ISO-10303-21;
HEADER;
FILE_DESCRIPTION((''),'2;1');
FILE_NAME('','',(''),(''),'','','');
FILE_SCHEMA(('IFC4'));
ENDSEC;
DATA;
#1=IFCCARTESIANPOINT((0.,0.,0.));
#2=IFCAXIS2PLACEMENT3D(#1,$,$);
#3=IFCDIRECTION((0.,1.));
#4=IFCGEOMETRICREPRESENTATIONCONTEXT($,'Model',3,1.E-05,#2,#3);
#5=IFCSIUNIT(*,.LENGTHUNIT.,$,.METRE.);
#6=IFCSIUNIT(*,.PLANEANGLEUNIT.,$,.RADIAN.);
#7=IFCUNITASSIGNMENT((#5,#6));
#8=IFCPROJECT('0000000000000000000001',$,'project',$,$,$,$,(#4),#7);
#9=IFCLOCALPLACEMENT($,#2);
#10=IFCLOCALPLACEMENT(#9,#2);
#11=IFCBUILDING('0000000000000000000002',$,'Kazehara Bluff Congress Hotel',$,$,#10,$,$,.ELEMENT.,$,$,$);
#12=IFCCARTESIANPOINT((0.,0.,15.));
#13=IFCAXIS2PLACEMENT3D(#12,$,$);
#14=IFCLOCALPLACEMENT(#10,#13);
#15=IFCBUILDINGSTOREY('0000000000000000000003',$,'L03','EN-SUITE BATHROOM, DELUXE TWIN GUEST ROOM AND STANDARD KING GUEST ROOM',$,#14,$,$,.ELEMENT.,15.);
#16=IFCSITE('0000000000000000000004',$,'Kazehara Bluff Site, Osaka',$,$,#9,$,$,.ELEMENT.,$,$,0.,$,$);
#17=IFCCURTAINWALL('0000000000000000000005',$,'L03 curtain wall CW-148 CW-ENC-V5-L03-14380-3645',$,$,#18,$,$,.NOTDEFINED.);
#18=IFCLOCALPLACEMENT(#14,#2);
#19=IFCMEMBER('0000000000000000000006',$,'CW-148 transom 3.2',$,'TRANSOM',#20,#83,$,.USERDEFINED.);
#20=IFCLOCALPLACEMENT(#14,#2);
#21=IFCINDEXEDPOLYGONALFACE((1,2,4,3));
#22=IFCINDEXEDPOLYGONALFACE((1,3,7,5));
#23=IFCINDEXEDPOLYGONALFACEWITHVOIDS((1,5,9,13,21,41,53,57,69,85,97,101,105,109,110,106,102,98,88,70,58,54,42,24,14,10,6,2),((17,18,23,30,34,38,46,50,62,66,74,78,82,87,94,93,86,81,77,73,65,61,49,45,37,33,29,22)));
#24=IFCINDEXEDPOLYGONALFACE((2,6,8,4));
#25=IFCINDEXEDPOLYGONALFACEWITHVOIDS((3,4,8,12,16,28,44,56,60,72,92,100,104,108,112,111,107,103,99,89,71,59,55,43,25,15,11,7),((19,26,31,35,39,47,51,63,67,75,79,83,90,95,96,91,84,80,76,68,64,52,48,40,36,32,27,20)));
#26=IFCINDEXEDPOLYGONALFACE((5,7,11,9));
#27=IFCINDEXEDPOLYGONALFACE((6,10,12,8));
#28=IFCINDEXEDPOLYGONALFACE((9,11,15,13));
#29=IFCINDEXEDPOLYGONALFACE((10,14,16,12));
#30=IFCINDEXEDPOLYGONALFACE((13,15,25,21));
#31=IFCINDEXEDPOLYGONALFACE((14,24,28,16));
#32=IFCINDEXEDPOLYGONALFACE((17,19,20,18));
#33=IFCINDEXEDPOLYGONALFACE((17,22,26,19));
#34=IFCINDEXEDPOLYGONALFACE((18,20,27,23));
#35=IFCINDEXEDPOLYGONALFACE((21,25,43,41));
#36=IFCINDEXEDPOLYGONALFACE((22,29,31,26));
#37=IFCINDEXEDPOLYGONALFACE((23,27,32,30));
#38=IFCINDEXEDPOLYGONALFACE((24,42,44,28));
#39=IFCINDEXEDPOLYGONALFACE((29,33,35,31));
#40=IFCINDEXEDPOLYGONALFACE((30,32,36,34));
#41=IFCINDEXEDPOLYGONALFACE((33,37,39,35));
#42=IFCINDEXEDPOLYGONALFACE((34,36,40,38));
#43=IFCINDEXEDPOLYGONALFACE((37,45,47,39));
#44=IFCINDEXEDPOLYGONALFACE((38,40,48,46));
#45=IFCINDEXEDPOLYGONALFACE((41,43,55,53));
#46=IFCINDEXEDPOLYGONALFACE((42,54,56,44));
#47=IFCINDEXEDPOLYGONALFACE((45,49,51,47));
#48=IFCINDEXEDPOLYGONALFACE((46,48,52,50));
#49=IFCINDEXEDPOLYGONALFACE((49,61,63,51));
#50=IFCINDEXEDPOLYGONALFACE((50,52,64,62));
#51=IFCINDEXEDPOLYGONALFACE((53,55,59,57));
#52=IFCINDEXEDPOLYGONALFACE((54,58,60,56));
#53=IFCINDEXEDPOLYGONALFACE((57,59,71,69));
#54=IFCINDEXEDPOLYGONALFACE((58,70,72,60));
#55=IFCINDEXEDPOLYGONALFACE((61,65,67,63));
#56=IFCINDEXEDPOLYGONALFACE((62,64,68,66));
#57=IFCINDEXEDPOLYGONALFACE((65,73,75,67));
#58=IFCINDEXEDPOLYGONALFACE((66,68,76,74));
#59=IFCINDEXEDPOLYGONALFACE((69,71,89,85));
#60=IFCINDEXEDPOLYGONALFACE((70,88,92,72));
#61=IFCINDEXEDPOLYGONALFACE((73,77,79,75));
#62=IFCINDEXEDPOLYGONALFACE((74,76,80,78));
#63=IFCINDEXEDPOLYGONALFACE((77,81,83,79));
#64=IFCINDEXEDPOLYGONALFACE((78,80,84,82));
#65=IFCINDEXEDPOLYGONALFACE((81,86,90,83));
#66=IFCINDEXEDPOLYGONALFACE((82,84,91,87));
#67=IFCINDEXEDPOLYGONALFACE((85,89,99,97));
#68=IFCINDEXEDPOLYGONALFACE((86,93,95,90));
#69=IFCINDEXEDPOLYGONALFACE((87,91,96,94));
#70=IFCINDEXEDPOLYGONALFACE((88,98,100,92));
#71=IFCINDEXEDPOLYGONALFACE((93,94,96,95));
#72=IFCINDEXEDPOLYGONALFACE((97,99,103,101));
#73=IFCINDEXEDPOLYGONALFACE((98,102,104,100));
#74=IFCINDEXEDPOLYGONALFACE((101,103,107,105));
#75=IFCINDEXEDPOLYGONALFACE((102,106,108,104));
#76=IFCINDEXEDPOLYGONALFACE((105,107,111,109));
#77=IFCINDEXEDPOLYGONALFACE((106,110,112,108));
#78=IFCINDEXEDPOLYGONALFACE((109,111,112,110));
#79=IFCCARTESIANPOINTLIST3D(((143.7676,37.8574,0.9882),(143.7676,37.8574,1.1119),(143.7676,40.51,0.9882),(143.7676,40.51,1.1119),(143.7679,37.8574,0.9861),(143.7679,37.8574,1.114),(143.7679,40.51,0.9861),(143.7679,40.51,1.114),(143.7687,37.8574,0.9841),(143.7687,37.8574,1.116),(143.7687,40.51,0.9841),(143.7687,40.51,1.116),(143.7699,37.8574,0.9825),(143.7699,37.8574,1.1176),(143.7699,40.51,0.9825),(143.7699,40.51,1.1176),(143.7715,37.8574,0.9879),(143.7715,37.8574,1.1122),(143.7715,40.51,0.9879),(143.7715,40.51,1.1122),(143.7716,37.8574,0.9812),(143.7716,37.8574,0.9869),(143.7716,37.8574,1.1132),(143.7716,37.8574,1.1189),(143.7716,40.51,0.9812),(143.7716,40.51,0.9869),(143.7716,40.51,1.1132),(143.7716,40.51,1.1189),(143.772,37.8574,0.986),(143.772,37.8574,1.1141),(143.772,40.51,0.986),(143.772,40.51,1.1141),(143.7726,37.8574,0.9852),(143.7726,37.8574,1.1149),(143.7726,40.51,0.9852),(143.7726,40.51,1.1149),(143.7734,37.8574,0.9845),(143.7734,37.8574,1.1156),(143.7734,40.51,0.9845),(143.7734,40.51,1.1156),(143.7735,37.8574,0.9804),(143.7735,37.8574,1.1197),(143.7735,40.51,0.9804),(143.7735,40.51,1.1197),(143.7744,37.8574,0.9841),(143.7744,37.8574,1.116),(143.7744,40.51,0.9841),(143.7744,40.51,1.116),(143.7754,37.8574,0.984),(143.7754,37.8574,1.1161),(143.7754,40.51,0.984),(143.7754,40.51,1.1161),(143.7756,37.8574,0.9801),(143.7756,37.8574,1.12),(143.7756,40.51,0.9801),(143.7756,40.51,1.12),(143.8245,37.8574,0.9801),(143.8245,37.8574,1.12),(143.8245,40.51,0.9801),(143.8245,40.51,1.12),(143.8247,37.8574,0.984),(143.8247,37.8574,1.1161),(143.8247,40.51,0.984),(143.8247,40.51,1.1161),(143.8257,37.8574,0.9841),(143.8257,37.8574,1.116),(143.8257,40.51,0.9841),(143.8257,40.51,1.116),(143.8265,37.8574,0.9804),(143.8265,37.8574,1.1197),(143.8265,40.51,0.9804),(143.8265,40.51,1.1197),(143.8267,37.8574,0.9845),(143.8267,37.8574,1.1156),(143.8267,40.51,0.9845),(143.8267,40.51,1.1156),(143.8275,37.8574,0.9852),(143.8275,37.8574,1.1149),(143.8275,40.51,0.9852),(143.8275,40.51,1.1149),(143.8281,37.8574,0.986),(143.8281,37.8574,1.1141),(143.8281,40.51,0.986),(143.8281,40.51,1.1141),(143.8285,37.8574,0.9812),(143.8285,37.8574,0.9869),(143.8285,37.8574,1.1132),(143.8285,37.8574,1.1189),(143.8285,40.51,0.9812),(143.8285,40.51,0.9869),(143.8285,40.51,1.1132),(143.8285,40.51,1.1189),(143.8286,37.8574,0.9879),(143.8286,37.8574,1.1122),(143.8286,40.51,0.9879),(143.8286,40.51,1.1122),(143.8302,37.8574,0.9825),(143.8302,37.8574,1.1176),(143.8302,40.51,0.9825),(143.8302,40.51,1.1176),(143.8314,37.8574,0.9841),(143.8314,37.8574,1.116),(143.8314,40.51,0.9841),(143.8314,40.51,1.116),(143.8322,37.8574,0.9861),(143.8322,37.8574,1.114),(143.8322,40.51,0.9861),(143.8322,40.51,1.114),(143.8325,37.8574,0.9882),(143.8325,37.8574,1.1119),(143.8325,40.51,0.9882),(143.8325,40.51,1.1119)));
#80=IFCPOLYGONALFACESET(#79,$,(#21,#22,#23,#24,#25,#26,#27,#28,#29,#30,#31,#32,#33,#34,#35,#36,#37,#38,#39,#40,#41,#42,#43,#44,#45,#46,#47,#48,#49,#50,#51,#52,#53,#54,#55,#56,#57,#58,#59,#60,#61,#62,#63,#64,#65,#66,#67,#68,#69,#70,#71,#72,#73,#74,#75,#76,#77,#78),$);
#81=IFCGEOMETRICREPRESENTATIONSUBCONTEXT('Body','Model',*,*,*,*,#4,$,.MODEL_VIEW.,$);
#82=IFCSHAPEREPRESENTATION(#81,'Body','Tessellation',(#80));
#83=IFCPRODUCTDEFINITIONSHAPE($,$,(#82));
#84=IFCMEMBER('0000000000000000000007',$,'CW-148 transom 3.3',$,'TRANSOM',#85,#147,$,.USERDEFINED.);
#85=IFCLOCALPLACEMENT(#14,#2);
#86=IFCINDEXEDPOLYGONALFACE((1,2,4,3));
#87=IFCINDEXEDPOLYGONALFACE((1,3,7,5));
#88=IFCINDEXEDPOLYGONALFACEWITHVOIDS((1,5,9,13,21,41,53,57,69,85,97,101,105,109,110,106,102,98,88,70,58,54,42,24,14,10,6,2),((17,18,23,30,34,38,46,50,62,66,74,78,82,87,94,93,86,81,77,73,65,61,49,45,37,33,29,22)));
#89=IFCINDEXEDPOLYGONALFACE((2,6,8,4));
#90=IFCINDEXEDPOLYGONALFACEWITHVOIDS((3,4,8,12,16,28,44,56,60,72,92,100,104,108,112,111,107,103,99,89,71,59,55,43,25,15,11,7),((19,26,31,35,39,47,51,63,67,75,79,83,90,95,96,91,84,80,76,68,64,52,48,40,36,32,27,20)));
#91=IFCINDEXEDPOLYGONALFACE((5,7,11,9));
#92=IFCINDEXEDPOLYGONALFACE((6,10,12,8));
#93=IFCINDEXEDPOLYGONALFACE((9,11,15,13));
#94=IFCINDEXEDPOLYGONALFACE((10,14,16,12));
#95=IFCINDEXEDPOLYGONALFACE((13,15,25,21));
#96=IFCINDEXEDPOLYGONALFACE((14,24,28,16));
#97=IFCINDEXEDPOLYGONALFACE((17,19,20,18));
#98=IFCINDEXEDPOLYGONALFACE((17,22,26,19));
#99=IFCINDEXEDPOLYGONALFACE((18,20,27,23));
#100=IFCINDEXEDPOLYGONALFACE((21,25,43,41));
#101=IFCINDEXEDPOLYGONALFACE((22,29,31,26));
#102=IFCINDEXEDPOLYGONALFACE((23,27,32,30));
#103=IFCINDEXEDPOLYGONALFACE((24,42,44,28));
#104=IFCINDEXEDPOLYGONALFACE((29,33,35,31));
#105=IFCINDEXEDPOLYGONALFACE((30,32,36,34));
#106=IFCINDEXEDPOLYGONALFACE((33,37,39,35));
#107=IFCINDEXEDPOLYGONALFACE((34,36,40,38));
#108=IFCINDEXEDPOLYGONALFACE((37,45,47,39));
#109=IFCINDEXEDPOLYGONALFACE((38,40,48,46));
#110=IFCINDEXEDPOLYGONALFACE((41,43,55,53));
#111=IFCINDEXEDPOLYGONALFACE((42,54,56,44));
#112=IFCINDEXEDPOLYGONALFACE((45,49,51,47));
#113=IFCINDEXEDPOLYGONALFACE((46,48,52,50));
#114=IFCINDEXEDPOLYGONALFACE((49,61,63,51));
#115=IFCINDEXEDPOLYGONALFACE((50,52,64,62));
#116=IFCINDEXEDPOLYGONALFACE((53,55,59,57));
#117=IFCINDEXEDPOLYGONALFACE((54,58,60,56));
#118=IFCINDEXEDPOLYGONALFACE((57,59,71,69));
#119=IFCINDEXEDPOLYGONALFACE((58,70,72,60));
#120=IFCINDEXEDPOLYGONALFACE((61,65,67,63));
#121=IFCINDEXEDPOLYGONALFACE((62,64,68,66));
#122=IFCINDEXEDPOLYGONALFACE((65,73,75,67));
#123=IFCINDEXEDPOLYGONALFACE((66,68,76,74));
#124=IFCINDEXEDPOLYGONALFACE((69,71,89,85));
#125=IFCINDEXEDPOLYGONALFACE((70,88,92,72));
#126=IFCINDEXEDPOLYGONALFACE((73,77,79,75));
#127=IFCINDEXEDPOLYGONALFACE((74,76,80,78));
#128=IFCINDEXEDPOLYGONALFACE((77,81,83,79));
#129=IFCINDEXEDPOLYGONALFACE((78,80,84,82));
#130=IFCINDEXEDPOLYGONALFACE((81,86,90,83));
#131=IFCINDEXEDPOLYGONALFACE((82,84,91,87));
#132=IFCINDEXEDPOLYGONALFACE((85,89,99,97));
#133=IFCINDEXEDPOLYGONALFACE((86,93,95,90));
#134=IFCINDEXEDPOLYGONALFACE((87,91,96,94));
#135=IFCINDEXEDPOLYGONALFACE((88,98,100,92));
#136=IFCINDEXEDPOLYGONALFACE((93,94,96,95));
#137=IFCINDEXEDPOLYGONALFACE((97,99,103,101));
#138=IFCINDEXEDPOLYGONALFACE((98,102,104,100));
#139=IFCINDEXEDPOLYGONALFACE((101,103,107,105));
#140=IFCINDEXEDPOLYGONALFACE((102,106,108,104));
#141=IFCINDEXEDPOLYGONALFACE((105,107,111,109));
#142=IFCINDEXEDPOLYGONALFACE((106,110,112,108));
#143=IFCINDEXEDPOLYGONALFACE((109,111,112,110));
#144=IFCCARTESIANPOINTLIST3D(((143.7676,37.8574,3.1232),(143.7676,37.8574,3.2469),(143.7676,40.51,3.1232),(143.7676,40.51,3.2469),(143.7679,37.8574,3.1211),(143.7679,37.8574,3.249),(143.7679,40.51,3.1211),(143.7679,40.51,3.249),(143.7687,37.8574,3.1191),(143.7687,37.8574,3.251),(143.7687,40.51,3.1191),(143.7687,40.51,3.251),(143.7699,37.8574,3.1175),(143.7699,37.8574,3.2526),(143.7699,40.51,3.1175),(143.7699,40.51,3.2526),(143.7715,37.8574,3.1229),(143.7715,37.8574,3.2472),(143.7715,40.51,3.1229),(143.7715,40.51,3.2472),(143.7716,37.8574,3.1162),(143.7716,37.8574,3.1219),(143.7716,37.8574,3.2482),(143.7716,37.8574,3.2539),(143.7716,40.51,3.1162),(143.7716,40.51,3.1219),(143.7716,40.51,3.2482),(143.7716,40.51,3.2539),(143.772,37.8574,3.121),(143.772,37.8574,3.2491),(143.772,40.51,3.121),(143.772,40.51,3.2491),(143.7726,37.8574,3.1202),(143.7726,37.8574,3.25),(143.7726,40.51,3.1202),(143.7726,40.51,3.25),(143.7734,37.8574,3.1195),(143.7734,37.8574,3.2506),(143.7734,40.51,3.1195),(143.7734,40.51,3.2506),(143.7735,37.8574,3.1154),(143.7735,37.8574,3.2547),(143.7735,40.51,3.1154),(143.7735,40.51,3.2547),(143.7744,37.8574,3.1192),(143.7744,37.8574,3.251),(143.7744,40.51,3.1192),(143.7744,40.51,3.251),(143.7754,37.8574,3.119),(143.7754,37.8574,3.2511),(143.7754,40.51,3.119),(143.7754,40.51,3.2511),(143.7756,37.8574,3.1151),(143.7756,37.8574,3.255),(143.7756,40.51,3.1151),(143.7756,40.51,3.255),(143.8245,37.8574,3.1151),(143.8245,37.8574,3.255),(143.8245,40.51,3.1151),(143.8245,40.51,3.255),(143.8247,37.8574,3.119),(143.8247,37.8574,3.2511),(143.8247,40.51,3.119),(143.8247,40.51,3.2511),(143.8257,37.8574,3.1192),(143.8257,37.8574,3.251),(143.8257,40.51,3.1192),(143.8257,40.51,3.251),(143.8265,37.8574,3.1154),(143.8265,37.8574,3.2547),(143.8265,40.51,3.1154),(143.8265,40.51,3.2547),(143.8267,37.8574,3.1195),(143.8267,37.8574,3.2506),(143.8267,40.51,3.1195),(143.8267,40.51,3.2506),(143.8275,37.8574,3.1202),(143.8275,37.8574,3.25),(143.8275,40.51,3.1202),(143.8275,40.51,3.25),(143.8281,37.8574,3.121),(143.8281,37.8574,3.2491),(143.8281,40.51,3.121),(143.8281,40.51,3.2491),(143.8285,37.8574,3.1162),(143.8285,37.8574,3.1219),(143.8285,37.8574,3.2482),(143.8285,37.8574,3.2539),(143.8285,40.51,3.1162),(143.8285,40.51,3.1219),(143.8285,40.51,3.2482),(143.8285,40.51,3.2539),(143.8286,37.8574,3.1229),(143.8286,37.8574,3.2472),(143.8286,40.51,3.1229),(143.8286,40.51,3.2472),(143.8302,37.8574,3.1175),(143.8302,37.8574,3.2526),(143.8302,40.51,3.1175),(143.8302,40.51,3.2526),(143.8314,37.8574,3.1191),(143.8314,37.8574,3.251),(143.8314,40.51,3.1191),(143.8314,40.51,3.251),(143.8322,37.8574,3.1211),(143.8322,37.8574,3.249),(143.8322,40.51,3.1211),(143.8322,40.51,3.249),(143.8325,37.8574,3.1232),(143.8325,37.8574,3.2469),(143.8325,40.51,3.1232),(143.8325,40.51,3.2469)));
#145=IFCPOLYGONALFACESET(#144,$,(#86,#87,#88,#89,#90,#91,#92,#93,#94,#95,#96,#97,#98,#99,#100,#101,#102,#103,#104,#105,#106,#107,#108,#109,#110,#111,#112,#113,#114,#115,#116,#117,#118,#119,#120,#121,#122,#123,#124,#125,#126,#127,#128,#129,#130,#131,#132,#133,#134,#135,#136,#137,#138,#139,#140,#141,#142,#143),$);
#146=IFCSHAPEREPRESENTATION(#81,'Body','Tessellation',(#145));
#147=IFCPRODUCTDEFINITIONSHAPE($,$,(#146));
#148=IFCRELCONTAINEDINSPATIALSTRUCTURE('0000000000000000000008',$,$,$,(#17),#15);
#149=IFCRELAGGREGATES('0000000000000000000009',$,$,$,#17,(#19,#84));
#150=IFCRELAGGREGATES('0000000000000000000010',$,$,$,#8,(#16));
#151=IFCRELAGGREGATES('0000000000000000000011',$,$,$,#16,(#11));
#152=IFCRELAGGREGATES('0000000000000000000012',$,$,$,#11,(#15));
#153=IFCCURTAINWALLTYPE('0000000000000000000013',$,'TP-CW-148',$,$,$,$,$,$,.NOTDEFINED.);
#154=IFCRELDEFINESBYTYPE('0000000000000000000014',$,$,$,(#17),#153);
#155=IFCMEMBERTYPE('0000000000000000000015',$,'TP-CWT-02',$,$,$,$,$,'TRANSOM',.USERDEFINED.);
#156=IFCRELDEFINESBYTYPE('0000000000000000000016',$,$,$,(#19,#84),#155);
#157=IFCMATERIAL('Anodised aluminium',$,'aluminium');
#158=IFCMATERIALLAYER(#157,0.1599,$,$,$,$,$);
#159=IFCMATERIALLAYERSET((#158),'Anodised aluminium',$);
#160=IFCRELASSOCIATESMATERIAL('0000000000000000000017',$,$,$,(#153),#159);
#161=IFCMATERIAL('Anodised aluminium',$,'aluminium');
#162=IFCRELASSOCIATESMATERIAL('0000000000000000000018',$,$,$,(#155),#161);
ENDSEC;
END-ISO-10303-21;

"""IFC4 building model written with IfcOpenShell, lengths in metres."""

from ifc_helpers import new_model, si_unit, direction, frame, origin, origin_2d, place, context, subcontext, project, spatial, hollow_rectangle, extrude, material, layer, layer_set, material_profile, profile_set, type_object, element, aggregate, save


model = new_model("IFC4")

# Units and contexts
model_context = context("Model", 3, precision=1e-05, world=origin(), true_north=direction((0.0, 1.0)))
body_context = subcontext(model_context, "Body", "Model", "MODEL_VIEW")
ifc_project = project(units=[si_unit("LENGTHUNIT", "METRE"), si_unit("PLANEANGLEUNIT", "RADIAN")], contexts=[model_context])

# Site, building, storey
site_placement = place(None, origin())
site = spatial("IfcSite", under=ifc_project, at=site_placement, Name="Kazehara Bluff Site, Osaka", CompositionType="ELEMENT", RefElevation=0.0)
building_placement = place(site_placement, origin())
building = spatial("IfcBuilding", under=site, at=building_placement, Name="Kazehara Bluff Congress Hotel", CompositionType="ELEMENT")
storey_placement = place(building_placement, frame((0.0, 0.0, 15.0)))
storey = spatial("IfcBuildingStorey", under=building, at=storey_placement, Name="L03", Description="EN-SUITE BATHROOM, DELUXE TWIN GUEST ROOM AND STANDARD KING GUEST ROOM", CompositionType="ELEMENT", Elevation=15.0)

# Curtain wall
ifc_material_1 = material(Name="Anodised aluminium", Category="aluminium")
ifc_layer_1 = layer(ifc_material_1, 0.1599)
ifc_layer_set_1 = layer_set([ifc_layer_1], Name="Anodised aluminium")
curtain_wall_type_1 = type_object("IfcCurtainWallType", Name="TP-CW-148", PredefinedType="NOTDEFINED", material=ifc_layer_set_1)
curtain_wall_1_placement = place(storey_placement, origin())
curtain_wall_1 = element("IfcCurtainWall", 1, at=curtain_wall_1_placement, inside=storey, type_object=curtain_wall_type_1, Name="L03 curtain wall CW-148 CW-ENC-V5-L03-14380-3645", PredefinedType="NOTDEFINED")

# Members
ifc_material_2 = material(Name="Anodised aluminium", Category="aluminium")
ifc_material_profile_1 = material_profile(ifc_material_2, hollow_rectangle(XDim=0.0649, YDim=0.1399, WallThickness=0.0039, InnerFilletRadius=0.0039, OuterFilletRadius=0.0081, at=origin_2d()))
ifc_profile_set_1 = profile_set([ifc_material_profile_1], Name="Anodised aluminium")
member_type_1 = type_object("IfcMemberType", Name="TP-CWT-02", ElementType="TRANSOM", PredefinedType="USERDEFINED", material=ifc_profile_set_1)
member_1_placement = place(storey_placement, frame((143.8, 37.8574, 1.05), z_axis=(0.0, 1.0, 0.0), x_axis=(-1.0, 0.0, 0.0)))
member_1 = element("IfcMember", 2, at=member_1_placement, type_object=member_type_1, Name="CW-148 transom 3.2", ObjectType="TRANSOM", PredefinedType="USERDEFINED", context=body_context, shape_type="SweptSolid", body=[
    extrude(hollow_rectangle(XDim=0.0649, YDim=0.1399, WallThickness=0.0039, InnerFilletRadius=0.0039, OuterFilletRadius=0.0081, at=origin_2d()), origin(), (0.0, 0.0, 1.0), 2.6526),
])
member_2_placement = place(storey_placement, frame((143.8, 37.8574, 3.1851), z_axis=(0.0, 1.0, 0.0), x_axis=(-1.0, 0.0, 0.0)))
member_2 = element("IfcMember", 3, at=member_2_placement, type_object=member_type_1, Name="CW-148 transom 3.3", ObjectType="TRANSOM", PredefinedType="USERDEFINED", context=body_context, shape_type="SweptSolid", body=[
    extrude(hollow_rectangle(XDim=0.0649, YDim=0.1399, WallThickness=0.0039, InnerFilletRadius=0.0039, OuterFilletRadius=0.0081, at=origin_2d()), origin(), (0.0, 0.0, 1.0), 2.6526),
])

aggregate(curtain_wall_1, [member_1, member_2])

save(model, "model.ifc")
